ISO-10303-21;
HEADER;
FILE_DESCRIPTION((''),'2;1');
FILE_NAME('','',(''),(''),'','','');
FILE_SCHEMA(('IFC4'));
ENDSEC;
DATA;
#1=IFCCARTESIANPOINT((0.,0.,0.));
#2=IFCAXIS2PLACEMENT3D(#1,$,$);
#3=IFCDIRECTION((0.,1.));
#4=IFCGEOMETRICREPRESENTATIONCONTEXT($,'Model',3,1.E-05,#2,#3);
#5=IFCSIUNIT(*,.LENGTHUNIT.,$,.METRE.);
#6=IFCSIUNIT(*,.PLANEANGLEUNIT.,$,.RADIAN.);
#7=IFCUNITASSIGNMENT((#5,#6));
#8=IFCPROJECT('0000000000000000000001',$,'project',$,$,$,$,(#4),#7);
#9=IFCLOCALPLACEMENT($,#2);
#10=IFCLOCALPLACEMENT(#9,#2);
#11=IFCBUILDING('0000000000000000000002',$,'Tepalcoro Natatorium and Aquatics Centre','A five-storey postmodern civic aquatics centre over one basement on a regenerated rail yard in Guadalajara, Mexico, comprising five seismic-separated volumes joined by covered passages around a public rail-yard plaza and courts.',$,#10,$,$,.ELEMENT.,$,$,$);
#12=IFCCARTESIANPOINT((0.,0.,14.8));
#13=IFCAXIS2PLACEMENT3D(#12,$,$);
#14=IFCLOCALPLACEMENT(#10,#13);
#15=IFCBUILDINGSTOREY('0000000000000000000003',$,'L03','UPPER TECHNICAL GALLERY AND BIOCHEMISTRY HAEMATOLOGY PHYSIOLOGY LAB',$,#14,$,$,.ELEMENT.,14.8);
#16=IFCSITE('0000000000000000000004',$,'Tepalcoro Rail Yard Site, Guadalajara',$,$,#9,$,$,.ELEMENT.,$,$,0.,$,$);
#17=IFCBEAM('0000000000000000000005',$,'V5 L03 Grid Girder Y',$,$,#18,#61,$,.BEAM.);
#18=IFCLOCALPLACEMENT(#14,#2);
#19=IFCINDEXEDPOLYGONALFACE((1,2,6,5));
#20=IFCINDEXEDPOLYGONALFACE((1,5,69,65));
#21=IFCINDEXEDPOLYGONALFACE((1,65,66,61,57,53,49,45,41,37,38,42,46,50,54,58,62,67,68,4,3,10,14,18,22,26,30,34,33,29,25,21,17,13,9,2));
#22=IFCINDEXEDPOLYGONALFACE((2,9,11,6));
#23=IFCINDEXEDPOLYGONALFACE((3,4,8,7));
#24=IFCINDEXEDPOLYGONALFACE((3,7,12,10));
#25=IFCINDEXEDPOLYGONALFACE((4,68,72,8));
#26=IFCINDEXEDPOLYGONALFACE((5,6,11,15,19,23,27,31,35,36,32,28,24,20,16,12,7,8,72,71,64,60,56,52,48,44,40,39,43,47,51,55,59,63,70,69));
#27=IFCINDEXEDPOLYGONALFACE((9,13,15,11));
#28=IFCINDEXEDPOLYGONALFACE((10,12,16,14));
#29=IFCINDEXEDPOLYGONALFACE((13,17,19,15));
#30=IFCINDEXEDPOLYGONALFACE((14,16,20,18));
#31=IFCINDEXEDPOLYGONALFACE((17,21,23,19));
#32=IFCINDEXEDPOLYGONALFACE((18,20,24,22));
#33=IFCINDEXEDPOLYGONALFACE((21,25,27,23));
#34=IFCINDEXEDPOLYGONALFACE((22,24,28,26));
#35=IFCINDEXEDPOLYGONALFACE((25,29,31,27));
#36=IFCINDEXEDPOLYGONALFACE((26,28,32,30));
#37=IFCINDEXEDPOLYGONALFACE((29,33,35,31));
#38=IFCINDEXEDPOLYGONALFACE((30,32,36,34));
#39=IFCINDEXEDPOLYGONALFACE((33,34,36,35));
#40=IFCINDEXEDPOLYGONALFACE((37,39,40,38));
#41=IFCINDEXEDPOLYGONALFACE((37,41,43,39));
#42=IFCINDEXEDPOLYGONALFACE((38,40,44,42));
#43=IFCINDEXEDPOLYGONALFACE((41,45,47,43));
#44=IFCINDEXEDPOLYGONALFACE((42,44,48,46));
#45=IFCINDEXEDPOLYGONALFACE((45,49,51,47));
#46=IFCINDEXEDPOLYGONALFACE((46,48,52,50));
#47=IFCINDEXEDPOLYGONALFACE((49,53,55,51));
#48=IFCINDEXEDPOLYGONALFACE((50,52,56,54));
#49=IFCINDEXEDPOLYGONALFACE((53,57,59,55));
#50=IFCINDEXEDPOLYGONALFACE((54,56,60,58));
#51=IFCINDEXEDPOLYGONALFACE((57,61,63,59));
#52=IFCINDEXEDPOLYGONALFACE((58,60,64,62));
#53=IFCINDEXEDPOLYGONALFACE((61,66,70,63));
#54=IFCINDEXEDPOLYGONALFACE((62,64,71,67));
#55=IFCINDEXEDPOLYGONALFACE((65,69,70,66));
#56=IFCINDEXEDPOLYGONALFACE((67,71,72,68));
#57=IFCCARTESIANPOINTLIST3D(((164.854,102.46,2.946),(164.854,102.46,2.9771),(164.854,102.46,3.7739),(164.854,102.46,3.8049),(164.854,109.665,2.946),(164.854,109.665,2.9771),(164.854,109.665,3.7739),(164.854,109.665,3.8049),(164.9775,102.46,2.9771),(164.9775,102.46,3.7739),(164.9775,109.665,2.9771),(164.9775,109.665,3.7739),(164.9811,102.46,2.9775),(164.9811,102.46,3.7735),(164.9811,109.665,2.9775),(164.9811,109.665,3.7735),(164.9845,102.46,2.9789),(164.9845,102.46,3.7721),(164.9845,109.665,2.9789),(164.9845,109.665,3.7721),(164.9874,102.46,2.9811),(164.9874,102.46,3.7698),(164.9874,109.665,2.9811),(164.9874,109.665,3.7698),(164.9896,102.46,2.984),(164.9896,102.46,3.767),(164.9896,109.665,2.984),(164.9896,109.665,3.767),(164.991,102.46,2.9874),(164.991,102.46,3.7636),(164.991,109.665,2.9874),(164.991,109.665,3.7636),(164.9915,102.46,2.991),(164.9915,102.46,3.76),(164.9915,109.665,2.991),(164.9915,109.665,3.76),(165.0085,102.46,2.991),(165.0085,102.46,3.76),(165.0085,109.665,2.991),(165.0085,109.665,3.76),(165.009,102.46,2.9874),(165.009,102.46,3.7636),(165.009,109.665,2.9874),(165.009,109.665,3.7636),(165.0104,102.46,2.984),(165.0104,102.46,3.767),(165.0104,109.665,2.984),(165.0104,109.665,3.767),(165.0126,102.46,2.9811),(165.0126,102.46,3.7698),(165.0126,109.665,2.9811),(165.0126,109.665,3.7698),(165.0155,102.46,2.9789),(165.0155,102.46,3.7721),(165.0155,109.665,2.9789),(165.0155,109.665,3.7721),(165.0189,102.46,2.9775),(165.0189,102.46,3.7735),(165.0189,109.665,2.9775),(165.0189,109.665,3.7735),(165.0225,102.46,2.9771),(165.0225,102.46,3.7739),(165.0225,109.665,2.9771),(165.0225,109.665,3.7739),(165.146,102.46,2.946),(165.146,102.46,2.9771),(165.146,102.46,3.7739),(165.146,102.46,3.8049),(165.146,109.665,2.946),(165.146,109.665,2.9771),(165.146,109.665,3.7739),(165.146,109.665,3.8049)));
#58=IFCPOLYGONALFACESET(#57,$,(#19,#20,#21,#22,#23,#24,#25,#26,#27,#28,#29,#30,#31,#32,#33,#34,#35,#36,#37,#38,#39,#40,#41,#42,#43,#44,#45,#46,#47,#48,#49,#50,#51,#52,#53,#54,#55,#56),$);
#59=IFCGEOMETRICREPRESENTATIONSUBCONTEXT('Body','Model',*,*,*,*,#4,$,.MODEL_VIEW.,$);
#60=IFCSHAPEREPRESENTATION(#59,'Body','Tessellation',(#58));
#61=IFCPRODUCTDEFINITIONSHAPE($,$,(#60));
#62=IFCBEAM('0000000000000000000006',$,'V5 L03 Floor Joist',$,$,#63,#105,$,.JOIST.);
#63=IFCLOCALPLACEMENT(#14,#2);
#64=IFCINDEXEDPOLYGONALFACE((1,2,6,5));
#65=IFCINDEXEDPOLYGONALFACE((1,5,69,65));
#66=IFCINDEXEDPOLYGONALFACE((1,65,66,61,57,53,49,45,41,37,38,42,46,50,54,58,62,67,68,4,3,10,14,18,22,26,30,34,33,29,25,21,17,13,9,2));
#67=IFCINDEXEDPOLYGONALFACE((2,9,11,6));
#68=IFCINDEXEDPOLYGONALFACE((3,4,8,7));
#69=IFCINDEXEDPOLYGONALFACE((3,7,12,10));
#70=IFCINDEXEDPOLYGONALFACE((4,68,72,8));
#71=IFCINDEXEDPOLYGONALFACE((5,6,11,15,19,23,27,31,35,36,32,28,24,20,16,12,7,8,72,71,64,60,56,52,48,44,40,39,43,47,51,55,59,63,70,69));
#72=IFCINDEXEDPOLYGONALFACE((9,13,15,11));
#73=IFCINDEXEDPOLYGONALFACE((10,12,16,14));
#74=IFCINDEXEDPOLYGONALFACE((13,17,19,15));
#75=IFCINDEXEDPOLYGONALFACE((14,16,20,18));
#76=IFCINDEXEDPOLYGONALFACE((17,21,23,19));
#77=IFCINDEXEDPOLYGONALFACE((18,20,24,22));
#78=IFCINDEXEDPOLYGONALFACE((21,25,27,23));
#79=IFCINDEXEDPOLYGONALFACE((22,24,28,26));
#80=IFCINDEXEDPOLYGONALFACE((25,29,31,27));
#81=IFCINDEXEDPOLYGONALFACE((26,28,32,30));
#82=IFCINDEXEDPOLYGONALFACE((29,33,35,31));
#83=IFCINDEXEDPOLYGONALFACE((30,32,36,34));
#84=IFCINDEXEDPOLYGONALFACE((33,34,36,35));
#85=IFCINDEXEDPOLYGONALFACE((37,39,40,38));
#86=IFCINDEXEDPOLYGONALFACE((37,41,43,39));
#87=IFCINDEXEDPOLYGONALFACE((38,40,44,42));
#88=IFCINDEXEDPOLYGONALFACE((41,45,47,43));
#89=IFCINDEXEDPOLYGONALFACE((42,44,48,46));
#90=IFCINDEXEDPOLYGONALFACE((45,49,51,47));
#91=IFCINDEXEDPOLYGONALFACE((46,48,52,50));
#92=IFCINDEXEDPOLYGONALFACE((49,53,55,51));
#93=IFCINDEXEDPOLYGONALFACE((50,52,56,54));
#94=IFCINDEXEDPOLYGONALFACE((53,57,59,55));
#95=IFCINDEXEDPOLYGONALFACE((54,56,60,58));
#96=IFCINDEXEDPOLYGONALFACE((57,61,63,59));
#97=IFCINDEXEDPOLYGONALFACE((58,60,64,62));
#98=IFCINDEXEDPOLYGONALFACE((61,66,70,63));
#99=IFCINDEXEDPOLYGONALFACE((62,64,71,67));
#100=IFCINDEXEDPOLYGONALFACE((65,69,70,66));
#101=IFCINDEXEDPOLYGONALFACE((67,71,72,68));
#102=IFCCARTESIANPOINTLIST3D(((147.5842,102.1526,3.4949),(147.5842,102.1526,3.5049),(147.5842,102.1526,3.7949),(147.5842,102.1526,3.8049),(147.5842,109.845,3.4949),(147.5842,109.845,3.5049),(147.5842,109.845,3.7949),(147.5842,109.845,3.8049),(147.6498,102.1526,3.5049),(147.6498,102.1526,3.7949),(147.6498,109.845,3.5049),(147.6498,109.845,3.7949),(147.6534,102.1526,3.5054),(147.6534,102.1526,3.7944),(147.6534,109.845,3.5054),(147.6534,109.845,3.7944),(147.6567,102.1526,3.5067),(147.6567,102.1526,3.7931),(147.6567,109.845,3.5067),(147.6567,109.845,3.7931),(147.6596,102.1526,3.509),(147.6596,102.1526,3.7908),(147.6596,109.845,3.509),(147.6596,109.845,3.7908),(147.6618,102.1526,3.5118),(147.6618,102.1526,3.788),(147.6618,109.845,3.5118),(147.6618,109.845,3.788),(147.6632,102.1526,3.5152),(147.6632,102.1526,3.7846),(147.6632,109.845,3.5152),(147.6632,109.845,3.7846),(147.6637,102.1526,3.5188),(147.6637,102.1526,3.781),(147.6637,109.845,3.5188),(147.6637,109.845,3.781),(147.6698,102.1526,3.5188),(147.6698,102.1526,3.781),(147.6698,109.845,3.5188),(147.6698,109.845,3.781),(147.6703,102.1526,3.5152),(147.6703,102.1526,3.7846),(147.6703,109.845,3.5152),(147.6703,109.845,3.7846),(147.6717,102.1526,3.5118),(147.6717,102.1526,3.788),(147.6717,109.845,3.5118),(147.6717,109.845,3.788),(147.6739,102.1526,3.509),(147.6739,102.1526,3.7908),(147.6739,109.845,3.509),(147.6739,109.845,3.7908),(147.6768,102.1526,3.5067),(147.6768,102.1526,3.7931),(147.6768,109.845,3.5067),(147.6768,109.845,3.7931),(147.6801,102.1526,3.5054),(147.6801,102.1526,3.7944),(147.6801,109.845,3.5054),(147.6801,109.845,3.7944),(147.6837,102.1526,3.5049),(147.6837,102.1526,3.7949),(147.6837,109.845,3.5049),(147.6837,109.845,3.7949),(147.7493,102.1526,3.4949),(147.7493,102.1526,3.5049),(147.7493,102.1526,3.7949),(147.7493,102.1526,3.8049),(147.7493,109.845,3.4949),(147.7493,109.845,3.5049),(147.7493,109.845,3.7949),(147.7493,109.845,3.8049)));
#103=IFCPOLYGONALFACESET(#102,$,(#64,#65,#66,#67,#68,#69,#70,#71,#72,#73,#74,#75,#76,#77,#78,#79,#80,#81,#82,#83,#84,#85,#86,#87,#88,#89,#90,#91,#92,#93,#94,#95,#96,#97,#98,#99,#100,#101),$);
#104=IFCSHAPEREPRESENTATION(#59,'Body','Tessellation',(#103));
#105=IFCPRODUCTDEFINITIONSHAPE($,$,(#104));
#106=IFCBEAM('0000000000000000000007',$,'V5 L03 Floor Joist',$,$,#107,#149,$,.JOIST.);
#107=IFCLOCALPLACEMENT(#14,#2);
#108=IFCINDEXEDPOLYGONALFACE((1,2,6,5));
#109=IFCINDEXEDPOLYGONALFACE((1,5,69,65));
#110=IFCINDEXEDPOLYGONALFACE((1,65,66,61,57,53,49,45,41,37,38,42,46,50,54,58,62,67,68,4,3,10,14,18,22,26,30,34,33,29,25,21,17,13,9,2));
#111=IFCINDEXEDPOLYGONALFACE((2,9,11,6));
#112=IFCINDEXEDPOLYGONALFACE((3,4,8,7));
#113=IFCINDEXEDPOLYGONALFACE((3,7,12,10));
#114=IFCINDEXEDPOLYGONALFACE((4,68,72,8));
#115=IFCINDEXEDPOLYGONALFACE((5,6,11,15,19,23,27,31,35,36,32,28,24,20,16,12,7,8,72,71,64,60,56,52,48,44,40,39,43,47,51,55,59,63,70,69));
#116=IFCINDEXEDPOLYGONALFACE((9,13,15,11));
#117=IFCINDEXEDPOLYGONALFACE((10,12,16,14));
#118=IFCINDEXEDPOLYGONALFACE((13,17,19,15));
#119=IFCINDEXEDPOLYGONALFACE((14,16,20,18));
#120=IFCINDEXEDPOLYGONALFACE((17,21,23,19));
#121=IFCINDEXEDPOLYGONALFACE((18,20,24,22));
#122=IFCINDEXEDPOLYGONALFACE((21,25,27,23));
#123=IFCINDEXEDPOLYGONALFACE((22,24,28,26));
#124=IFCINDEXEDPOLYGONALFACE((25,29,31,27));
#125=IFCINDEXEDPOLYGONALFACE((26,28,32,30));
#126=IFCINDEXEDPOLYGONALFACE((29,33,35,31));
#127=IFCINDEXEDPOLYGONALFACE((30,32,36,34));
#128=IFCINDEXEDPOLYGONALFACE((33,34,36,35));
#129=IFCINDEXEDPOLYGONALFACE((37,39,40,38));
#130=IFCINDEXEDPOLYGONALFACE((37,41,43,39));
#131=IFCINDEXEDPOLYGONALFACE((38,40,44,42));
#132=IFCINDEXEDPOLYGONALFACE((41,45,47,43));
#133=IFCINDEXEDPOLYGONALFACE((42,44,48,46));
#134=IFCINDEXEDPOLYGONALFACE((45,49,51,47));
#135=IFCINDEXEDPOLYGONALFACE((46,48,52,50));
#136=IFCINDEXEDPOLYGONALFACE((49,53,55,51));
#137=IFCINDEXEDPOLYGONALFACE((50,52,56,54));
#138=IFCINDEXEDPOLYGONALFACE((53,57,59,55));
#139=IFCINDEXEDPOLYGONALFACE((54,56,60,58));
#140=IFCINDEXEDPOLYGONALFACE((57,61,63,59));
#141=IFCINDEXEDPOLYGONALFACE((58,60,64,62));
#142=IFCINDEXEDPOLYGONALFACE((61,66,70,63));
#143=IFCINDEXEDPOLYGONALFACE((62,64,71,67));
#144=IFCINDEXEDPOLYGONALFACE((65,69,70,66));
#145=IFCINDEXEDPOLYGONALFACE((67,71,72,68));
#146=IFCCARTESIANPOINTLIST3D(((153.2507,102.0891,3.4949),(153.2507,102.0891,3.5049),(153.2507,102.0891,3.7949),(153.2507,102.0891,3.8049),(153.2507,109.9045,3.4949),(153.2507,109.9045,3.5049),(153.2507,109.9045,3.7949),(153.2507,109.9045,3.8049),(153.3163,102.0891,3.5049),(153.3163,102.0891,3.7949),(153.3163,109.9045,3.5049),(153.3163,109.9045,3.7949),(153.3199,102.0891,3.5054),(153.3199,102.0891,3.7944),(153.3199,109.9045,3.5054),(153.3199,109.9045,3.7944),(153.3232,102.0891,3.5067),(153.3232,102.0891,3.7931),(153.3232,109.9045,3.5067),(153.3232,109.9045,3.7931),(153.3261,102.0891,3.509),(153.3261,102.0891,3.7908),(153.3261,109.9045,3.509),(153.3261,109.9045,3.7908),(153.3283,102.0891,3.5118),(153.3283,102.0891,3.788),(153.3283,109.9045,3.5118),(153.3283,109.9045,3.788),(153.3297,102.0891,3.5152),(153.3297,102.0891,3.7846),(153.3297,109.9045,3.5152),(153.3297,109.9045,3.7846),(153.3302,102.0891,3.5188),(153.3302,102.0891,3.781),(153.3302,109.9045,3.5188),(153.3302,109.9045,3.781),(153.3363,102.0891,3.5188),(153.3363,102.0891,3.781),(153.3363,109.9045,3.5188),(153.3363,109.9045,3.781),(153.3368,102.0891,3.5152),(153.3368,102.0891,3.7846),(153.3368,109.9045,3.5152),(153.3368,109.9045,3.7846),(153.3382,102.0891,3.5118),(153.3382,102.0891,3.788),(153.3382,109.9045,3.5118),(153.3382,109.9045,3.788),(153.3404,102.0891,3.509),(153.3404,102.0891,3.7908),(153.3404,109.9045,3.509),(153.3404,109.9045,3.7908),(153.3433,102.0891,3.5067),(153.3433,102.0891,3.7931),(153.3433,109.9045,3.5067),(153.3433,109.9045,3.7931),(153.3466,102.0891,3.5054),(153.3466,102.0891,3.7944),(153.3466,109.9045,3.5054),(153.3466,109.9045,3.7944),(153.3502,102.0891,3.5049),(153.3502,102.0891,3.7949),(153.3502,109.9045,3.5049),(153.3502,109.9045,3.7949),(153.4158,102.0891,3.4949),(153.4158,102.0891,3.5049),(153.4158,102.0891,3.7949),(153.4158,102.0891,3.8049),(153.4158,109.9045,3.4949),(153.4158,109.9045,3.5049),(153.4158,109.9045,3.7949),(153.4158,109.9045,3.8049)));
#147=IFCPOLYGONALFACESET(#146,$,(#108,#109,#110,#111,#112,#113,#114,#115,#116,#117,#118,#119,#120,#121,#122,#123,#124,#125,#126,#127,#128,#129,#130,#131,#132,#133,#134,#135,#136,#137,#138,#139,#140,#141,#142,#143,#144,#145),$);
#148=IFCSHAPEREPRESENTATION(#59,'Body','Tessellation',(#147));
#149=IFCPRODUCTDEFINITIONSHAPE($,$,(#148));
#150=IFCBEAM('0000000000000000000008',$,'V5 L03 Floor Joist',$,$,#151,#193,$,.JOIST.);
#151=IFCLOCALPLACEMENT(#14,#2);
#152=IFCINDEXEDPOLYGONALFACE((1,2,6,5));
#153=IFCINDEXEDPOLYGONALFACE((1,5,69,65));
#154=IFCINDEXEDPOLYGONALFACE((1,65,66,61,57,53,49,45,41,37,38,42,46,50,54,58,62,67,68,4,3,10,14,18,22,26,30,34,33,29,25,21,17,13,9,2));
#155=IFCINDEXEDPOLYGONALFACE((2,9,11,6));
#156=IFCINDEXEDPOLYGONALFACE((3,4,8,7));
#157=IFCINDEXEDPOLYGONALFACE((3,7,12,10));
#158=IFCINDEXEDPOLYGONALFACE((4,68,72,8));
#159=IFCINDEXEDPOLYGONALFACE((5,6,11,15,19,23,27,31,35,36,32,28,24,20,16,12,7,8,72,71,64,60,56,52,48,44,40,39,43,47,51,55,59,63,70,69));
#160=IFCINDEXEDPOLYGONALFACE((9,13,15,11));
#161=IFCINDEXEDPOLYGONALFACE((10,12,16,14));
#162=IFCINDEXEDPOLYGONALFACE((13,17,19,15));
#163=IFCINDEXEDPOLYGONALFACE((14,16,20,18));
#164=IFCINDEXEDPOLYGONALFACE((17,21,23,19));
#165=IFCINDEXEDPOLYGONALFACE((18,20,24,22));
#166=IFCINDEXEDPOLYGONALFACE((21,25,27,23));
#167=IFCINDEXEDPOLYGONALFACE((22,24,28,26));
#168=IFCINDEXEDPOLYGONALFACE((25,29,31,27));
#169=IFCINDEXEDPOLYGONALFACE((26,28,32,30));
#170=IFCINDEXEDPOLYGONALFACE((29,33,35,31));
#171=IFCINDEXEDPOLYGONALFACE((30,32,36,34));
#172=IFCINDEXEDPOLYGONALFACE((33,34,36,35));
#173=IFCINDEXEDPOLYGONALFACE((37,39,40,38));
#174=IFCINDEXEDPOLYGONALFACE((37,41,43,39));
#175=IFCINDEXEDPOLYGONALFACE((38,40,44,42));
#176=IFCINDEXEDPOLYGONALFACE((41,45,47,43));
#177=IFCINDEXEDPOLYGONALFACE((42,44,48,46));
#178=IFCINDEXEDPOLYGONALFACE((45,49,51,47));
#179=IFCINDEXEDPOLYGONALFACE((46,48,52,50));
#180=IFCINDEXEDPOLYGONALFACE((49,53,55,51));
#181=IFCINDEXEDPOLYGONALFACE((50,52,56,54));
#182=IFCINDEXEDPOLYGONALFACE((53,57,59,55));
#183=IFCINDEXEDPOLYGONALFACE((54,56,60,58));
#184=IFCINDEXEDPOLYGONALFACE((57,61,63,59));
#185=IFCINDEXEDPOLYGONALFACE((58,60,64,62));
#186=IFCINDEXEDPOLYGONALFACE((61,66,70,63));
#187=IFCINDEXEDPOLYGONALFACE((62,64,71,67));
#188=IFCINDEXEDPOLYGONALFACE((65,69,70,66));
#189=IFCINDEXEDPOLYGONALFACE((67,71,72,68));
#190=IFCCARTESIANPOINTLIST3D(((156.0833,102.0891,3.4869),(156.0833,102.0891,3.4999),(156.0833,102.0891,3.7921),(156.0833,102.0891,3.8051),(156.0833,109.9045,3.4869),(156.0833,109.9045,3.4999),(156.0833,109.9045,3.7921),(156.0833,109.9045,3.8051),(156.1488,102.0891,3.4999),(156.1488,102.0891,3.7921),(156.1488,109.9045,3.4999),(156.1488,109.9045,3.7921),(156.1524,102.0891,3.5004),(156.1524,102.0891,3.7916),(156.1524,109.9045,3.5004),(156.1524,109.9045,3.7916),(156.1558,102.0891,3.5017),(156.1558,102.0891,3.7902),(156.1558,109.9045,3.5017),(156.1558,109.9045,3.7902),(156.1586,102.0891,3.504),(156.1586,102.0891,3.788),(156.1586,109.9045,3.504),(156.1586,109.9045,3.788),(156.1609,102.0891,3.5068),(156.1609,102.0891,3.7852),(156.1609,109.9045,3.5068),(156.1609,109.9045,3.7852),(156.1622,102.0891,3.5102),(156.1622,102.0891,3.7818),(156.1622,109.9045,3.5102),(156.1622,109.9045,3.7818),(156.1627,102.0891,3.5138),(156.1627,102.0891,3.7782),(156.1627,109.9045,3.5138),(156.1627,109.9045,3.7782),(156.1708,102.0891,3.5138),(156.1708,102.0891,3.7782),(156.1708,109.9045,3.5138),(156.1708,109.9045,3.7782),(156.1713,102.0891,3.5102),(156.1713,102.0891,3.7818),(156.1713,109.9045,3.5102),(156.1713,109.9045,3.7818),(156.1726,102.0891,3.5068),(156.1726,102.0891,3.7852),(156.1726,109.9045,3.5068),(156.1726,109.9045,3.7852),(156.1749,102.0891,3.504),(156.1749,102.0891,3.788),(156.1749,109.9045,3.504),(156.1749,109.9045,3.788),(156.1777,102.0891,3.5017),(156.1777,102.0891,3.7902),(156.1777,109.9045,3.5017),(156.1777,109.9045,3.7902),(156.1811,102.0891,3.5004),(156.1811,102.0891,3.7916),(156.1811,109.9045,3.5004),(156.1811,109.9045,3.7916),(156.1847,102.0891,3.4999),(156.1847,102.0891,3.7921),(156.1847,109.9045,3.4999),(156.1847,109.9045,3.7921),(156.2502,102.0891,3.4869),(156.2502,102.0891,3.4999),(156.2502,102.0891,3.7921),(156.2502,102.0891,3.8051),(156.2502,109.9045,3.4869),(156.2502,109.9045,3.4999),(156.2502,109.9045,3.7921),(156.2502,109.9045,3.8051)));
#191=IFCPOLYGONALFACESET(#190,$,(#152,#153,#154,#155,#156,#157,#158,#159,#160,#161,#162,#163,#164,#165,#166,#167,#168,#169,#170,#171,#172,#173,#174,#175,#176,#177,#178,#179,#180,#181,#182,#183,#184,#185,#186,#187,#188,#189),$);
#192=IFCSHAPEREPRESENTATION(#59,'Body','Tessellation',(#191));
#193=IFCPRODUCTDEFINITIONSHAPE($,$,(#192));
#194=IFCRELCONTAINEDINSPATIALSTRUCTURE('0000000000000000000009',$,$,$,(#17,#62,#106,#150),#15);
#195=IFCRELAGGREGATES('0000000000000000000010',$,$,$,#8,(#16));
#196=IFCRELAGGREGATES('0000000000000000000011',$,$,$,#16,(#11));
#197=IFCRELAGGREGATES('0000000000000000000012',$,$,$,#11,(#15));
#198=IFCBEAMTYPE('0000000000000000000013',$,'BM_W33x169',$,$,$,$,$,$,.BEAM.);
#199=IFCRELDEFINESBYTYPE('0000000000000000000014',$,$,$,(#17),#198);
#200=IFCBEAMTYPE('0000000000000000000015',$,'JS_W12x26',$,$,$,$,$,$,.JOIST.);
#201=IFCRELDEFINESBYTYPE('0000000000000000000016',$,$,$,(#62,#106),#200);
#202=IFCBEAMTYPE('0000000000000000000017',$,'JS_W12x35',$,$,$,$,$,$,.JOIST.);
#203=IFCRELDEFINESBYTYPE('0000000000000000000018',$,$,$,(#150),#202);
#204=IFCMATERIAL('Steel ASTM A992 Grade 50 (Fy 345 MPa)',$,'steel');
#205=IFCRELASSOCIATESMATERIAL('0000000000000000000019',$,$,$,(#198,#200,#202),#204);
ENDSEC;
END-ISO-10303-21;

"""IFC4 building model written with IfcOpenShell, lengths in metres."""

from ifc_helpers import new_model, si_unit, direction, frame, origin, origin_2d, place, context, subcontext, project, spatial, i_section, extrude, material, material_profile, profile_set, type_object, element, save


model = new_model("IFC4")

# Units and contexts
model_context = context("Model", 3, precision=1e-05, world=origin(), true_north=direction((0.0, 1.0)))
body_context = subcontext(model_context, "Body", "Model", "MODEL_VIEW")
ifc_project = project(units=[si_unit("LENGTHUNIT", "METRE"), si_unit("PLANEANGLEUNIT", "RADIAN")], contexts=[model_context])

# Site, building, storey
site_placement = place(None, origin())
site = spatial("IfcSite", under=ifc_project, at=site_placement, Name="Tepalcoro Rail Yard Site, Guadalajara", CompositionType="ELEMENT", RefElevation=0.0)
building_placement = place(site_placement, origin())
building = spatial("IfcBuilding", under=site, at=building_placement, Name="Tepalcoro Natatorium and Aquatics Centre", Description="A five-storey postmodern civic aquatics centre over one basement on a regenerated rail yard in Guadalajara, Mexico, comprising five seismic-separated volumes joined by covered passages around a public rail-yard plaza and courts.", CompositionType="ELEMENT")
storey_placement = place(building_placement, frame((0.0, 0.0, 14.8)))
storey = spatial("IfcBuildingStorey", under=building, at=storey_placement, Name="L03", Description="UPPER TECHNICAL GALLERY AND BIOCHEMISTRY HAEMATOLOGY PHYSIOLOGY LAB", CompositionType="ELEMENT", Elevation=14.8)

# Beams
ifc_material_1 = material(Name="Steel ASTM A992 Grade 50 (Fy 345 MPa)", Category="steel")
ifc_material_profile_1 = material_profile(ifc_material_1, i_section(OverallWidth=0.292, OverallDepth=0.8589, WebThickness=0.0171, FlangeThickness=0.031, FilletRadius=0.0139, at=origin_2d()), Name="W33X169")
ifc_profile_set_1 = profile_set([ifc_material_profile_1], Name="Steel ASTM A992 Grade 50 (Fy 345 MPa)")
beam_type_1 = type_object("IfcBeamType", Name="BM_W33x169", PredefinedType="BEAM", material=ifc_profile_set_1)
beam_1_placement = place(storey_placement, frame((165.0, 102.46, 3.3755), z_axis=(0.0, 1.0, 0.0), x_axis=(-1.0, 0.0, 0.0)))
element("IfcBeam", 1, at=beam_1_placement, inside=storey, type_object=beam_type_1, Name="V5 L03 Grid Girder Y", PredefinedType="BEAM", context=body_context, shape_type="SweptSolid", body=[
    extrude(i_section(OverallWidth=0.292, OverallDepth=0.8589, WebThickness=0.0171, FlangeThickness=0.031, FilletRadius=0.0139, at=origin_2d()), origin(), (0.0, 0.0, 1.0), 7.2051),
])
ifc_material_profile_2 = material_profile(ifc_material_1, i_section(OverallWidth=0.165, OverallDepth=0.3101, WebThickness=0.0061, FlangeThickness=0.01, FilletRadius=0.0139, at=origin_2d()), Name="W12X26")
ifc_profile_set_2 = profile_set([ifc_material_profile_2], Name="Steel ASTM A992 Grade 50 (Fy 345 MPa)")
beam_type_2 = type_object("IfcBeamType", Name="JS_W12x26", PredefinedType="JOIST", material=ifc_profile_set_2)
beam_2_placement = place(storey_placement, frame((147.6667, 102.1526, 3.6499), z_axis=(0.0, 1.0, 0.0), x_axis=(-1.0, 0.0, 0.0)))
element("IfcBeam", 2, at=beam_2_placement, inside=storey, type_object=beam_type_2, Name="V5 L03 Floor Joist", PredefinedType="JOIST", context=body_context, shape_type="SweptSolid", body=[
    extrude(i_section(OverallWidth=0.165, OverallDepth=0.3101, WebThickness=0.0061, FlangeThickness=0.01, FilletRadius=0.0139, at=origin_2d()), origin(), (0.0, 0.0, 1.0), 7.6924),
])
beam_3_placement = place(storey_placement, frame((153.3333, 102.0891, 3.6499), z_axis=(0.0, 1.0, 0.0), x_axis=(-1.0, 0.0, 0.0)))
element("IfcBeam", 3, at=beam_3_placement, inside=storey, type_object=beam_type_2, Name="V5 L03 Floor Joist", PredefinedType="JOIST", context=body_context, shape_type="SweptSolid", body=[
    extrude(i_section(OverallWidth=0.165, OverallDepth=0.3101, WebThickness=0.0061, FlangeThickness=0.01, FilletRadius=0.0139, at=origin_2d()), origin(), (0.0, 0.0, 1.0), 7.8154),
])
ifc_material_profile_3 = material_profile(ifc_material_1, i_section(OverallWidth=0.167, OverallDepth=0.3181, WebThickness=0.0081, FlangeThickness=0.0129, FilletRadius=0.0139, at=origin_2d()), Name="W12X35")
ifc_profile_set_3 = profile_set([ifc_material_profile_3], Name="Steel ASTM A992 Grade 50 (Fy 345 MPa)")
beam_type_3 = type_object("IfcBeamType", Name="JS_W12x35", PredefinedType="JOIST", material=ifc_profile_set_3)
beam_4_placement = place(storey_placement, frame((156.1667, 102.0891, 3.646), z_axis=(0.0, 1.0, 0.0), x_axis=(-1.0, 0.0, 0.0)))
element("IfcBeam", 4, at=beam_4_placement, inside=storey, type_object=beam_type_3, Name="V5 L03 Floor Joist", PredefinedType="JOIST", context=body_context, shape_type="SweptSolid", body=[
    extrude(i_section(OverallWidth=0.167, OverallDepth=0.3181, WebThickness=0.0081, FlangeThickness=0.0129, FilletRadius=0.0139, at=origin_2d()), origin(), (0.0, 0.0, 1.0), 7.8154),
])

save(model, "model.ifc")
